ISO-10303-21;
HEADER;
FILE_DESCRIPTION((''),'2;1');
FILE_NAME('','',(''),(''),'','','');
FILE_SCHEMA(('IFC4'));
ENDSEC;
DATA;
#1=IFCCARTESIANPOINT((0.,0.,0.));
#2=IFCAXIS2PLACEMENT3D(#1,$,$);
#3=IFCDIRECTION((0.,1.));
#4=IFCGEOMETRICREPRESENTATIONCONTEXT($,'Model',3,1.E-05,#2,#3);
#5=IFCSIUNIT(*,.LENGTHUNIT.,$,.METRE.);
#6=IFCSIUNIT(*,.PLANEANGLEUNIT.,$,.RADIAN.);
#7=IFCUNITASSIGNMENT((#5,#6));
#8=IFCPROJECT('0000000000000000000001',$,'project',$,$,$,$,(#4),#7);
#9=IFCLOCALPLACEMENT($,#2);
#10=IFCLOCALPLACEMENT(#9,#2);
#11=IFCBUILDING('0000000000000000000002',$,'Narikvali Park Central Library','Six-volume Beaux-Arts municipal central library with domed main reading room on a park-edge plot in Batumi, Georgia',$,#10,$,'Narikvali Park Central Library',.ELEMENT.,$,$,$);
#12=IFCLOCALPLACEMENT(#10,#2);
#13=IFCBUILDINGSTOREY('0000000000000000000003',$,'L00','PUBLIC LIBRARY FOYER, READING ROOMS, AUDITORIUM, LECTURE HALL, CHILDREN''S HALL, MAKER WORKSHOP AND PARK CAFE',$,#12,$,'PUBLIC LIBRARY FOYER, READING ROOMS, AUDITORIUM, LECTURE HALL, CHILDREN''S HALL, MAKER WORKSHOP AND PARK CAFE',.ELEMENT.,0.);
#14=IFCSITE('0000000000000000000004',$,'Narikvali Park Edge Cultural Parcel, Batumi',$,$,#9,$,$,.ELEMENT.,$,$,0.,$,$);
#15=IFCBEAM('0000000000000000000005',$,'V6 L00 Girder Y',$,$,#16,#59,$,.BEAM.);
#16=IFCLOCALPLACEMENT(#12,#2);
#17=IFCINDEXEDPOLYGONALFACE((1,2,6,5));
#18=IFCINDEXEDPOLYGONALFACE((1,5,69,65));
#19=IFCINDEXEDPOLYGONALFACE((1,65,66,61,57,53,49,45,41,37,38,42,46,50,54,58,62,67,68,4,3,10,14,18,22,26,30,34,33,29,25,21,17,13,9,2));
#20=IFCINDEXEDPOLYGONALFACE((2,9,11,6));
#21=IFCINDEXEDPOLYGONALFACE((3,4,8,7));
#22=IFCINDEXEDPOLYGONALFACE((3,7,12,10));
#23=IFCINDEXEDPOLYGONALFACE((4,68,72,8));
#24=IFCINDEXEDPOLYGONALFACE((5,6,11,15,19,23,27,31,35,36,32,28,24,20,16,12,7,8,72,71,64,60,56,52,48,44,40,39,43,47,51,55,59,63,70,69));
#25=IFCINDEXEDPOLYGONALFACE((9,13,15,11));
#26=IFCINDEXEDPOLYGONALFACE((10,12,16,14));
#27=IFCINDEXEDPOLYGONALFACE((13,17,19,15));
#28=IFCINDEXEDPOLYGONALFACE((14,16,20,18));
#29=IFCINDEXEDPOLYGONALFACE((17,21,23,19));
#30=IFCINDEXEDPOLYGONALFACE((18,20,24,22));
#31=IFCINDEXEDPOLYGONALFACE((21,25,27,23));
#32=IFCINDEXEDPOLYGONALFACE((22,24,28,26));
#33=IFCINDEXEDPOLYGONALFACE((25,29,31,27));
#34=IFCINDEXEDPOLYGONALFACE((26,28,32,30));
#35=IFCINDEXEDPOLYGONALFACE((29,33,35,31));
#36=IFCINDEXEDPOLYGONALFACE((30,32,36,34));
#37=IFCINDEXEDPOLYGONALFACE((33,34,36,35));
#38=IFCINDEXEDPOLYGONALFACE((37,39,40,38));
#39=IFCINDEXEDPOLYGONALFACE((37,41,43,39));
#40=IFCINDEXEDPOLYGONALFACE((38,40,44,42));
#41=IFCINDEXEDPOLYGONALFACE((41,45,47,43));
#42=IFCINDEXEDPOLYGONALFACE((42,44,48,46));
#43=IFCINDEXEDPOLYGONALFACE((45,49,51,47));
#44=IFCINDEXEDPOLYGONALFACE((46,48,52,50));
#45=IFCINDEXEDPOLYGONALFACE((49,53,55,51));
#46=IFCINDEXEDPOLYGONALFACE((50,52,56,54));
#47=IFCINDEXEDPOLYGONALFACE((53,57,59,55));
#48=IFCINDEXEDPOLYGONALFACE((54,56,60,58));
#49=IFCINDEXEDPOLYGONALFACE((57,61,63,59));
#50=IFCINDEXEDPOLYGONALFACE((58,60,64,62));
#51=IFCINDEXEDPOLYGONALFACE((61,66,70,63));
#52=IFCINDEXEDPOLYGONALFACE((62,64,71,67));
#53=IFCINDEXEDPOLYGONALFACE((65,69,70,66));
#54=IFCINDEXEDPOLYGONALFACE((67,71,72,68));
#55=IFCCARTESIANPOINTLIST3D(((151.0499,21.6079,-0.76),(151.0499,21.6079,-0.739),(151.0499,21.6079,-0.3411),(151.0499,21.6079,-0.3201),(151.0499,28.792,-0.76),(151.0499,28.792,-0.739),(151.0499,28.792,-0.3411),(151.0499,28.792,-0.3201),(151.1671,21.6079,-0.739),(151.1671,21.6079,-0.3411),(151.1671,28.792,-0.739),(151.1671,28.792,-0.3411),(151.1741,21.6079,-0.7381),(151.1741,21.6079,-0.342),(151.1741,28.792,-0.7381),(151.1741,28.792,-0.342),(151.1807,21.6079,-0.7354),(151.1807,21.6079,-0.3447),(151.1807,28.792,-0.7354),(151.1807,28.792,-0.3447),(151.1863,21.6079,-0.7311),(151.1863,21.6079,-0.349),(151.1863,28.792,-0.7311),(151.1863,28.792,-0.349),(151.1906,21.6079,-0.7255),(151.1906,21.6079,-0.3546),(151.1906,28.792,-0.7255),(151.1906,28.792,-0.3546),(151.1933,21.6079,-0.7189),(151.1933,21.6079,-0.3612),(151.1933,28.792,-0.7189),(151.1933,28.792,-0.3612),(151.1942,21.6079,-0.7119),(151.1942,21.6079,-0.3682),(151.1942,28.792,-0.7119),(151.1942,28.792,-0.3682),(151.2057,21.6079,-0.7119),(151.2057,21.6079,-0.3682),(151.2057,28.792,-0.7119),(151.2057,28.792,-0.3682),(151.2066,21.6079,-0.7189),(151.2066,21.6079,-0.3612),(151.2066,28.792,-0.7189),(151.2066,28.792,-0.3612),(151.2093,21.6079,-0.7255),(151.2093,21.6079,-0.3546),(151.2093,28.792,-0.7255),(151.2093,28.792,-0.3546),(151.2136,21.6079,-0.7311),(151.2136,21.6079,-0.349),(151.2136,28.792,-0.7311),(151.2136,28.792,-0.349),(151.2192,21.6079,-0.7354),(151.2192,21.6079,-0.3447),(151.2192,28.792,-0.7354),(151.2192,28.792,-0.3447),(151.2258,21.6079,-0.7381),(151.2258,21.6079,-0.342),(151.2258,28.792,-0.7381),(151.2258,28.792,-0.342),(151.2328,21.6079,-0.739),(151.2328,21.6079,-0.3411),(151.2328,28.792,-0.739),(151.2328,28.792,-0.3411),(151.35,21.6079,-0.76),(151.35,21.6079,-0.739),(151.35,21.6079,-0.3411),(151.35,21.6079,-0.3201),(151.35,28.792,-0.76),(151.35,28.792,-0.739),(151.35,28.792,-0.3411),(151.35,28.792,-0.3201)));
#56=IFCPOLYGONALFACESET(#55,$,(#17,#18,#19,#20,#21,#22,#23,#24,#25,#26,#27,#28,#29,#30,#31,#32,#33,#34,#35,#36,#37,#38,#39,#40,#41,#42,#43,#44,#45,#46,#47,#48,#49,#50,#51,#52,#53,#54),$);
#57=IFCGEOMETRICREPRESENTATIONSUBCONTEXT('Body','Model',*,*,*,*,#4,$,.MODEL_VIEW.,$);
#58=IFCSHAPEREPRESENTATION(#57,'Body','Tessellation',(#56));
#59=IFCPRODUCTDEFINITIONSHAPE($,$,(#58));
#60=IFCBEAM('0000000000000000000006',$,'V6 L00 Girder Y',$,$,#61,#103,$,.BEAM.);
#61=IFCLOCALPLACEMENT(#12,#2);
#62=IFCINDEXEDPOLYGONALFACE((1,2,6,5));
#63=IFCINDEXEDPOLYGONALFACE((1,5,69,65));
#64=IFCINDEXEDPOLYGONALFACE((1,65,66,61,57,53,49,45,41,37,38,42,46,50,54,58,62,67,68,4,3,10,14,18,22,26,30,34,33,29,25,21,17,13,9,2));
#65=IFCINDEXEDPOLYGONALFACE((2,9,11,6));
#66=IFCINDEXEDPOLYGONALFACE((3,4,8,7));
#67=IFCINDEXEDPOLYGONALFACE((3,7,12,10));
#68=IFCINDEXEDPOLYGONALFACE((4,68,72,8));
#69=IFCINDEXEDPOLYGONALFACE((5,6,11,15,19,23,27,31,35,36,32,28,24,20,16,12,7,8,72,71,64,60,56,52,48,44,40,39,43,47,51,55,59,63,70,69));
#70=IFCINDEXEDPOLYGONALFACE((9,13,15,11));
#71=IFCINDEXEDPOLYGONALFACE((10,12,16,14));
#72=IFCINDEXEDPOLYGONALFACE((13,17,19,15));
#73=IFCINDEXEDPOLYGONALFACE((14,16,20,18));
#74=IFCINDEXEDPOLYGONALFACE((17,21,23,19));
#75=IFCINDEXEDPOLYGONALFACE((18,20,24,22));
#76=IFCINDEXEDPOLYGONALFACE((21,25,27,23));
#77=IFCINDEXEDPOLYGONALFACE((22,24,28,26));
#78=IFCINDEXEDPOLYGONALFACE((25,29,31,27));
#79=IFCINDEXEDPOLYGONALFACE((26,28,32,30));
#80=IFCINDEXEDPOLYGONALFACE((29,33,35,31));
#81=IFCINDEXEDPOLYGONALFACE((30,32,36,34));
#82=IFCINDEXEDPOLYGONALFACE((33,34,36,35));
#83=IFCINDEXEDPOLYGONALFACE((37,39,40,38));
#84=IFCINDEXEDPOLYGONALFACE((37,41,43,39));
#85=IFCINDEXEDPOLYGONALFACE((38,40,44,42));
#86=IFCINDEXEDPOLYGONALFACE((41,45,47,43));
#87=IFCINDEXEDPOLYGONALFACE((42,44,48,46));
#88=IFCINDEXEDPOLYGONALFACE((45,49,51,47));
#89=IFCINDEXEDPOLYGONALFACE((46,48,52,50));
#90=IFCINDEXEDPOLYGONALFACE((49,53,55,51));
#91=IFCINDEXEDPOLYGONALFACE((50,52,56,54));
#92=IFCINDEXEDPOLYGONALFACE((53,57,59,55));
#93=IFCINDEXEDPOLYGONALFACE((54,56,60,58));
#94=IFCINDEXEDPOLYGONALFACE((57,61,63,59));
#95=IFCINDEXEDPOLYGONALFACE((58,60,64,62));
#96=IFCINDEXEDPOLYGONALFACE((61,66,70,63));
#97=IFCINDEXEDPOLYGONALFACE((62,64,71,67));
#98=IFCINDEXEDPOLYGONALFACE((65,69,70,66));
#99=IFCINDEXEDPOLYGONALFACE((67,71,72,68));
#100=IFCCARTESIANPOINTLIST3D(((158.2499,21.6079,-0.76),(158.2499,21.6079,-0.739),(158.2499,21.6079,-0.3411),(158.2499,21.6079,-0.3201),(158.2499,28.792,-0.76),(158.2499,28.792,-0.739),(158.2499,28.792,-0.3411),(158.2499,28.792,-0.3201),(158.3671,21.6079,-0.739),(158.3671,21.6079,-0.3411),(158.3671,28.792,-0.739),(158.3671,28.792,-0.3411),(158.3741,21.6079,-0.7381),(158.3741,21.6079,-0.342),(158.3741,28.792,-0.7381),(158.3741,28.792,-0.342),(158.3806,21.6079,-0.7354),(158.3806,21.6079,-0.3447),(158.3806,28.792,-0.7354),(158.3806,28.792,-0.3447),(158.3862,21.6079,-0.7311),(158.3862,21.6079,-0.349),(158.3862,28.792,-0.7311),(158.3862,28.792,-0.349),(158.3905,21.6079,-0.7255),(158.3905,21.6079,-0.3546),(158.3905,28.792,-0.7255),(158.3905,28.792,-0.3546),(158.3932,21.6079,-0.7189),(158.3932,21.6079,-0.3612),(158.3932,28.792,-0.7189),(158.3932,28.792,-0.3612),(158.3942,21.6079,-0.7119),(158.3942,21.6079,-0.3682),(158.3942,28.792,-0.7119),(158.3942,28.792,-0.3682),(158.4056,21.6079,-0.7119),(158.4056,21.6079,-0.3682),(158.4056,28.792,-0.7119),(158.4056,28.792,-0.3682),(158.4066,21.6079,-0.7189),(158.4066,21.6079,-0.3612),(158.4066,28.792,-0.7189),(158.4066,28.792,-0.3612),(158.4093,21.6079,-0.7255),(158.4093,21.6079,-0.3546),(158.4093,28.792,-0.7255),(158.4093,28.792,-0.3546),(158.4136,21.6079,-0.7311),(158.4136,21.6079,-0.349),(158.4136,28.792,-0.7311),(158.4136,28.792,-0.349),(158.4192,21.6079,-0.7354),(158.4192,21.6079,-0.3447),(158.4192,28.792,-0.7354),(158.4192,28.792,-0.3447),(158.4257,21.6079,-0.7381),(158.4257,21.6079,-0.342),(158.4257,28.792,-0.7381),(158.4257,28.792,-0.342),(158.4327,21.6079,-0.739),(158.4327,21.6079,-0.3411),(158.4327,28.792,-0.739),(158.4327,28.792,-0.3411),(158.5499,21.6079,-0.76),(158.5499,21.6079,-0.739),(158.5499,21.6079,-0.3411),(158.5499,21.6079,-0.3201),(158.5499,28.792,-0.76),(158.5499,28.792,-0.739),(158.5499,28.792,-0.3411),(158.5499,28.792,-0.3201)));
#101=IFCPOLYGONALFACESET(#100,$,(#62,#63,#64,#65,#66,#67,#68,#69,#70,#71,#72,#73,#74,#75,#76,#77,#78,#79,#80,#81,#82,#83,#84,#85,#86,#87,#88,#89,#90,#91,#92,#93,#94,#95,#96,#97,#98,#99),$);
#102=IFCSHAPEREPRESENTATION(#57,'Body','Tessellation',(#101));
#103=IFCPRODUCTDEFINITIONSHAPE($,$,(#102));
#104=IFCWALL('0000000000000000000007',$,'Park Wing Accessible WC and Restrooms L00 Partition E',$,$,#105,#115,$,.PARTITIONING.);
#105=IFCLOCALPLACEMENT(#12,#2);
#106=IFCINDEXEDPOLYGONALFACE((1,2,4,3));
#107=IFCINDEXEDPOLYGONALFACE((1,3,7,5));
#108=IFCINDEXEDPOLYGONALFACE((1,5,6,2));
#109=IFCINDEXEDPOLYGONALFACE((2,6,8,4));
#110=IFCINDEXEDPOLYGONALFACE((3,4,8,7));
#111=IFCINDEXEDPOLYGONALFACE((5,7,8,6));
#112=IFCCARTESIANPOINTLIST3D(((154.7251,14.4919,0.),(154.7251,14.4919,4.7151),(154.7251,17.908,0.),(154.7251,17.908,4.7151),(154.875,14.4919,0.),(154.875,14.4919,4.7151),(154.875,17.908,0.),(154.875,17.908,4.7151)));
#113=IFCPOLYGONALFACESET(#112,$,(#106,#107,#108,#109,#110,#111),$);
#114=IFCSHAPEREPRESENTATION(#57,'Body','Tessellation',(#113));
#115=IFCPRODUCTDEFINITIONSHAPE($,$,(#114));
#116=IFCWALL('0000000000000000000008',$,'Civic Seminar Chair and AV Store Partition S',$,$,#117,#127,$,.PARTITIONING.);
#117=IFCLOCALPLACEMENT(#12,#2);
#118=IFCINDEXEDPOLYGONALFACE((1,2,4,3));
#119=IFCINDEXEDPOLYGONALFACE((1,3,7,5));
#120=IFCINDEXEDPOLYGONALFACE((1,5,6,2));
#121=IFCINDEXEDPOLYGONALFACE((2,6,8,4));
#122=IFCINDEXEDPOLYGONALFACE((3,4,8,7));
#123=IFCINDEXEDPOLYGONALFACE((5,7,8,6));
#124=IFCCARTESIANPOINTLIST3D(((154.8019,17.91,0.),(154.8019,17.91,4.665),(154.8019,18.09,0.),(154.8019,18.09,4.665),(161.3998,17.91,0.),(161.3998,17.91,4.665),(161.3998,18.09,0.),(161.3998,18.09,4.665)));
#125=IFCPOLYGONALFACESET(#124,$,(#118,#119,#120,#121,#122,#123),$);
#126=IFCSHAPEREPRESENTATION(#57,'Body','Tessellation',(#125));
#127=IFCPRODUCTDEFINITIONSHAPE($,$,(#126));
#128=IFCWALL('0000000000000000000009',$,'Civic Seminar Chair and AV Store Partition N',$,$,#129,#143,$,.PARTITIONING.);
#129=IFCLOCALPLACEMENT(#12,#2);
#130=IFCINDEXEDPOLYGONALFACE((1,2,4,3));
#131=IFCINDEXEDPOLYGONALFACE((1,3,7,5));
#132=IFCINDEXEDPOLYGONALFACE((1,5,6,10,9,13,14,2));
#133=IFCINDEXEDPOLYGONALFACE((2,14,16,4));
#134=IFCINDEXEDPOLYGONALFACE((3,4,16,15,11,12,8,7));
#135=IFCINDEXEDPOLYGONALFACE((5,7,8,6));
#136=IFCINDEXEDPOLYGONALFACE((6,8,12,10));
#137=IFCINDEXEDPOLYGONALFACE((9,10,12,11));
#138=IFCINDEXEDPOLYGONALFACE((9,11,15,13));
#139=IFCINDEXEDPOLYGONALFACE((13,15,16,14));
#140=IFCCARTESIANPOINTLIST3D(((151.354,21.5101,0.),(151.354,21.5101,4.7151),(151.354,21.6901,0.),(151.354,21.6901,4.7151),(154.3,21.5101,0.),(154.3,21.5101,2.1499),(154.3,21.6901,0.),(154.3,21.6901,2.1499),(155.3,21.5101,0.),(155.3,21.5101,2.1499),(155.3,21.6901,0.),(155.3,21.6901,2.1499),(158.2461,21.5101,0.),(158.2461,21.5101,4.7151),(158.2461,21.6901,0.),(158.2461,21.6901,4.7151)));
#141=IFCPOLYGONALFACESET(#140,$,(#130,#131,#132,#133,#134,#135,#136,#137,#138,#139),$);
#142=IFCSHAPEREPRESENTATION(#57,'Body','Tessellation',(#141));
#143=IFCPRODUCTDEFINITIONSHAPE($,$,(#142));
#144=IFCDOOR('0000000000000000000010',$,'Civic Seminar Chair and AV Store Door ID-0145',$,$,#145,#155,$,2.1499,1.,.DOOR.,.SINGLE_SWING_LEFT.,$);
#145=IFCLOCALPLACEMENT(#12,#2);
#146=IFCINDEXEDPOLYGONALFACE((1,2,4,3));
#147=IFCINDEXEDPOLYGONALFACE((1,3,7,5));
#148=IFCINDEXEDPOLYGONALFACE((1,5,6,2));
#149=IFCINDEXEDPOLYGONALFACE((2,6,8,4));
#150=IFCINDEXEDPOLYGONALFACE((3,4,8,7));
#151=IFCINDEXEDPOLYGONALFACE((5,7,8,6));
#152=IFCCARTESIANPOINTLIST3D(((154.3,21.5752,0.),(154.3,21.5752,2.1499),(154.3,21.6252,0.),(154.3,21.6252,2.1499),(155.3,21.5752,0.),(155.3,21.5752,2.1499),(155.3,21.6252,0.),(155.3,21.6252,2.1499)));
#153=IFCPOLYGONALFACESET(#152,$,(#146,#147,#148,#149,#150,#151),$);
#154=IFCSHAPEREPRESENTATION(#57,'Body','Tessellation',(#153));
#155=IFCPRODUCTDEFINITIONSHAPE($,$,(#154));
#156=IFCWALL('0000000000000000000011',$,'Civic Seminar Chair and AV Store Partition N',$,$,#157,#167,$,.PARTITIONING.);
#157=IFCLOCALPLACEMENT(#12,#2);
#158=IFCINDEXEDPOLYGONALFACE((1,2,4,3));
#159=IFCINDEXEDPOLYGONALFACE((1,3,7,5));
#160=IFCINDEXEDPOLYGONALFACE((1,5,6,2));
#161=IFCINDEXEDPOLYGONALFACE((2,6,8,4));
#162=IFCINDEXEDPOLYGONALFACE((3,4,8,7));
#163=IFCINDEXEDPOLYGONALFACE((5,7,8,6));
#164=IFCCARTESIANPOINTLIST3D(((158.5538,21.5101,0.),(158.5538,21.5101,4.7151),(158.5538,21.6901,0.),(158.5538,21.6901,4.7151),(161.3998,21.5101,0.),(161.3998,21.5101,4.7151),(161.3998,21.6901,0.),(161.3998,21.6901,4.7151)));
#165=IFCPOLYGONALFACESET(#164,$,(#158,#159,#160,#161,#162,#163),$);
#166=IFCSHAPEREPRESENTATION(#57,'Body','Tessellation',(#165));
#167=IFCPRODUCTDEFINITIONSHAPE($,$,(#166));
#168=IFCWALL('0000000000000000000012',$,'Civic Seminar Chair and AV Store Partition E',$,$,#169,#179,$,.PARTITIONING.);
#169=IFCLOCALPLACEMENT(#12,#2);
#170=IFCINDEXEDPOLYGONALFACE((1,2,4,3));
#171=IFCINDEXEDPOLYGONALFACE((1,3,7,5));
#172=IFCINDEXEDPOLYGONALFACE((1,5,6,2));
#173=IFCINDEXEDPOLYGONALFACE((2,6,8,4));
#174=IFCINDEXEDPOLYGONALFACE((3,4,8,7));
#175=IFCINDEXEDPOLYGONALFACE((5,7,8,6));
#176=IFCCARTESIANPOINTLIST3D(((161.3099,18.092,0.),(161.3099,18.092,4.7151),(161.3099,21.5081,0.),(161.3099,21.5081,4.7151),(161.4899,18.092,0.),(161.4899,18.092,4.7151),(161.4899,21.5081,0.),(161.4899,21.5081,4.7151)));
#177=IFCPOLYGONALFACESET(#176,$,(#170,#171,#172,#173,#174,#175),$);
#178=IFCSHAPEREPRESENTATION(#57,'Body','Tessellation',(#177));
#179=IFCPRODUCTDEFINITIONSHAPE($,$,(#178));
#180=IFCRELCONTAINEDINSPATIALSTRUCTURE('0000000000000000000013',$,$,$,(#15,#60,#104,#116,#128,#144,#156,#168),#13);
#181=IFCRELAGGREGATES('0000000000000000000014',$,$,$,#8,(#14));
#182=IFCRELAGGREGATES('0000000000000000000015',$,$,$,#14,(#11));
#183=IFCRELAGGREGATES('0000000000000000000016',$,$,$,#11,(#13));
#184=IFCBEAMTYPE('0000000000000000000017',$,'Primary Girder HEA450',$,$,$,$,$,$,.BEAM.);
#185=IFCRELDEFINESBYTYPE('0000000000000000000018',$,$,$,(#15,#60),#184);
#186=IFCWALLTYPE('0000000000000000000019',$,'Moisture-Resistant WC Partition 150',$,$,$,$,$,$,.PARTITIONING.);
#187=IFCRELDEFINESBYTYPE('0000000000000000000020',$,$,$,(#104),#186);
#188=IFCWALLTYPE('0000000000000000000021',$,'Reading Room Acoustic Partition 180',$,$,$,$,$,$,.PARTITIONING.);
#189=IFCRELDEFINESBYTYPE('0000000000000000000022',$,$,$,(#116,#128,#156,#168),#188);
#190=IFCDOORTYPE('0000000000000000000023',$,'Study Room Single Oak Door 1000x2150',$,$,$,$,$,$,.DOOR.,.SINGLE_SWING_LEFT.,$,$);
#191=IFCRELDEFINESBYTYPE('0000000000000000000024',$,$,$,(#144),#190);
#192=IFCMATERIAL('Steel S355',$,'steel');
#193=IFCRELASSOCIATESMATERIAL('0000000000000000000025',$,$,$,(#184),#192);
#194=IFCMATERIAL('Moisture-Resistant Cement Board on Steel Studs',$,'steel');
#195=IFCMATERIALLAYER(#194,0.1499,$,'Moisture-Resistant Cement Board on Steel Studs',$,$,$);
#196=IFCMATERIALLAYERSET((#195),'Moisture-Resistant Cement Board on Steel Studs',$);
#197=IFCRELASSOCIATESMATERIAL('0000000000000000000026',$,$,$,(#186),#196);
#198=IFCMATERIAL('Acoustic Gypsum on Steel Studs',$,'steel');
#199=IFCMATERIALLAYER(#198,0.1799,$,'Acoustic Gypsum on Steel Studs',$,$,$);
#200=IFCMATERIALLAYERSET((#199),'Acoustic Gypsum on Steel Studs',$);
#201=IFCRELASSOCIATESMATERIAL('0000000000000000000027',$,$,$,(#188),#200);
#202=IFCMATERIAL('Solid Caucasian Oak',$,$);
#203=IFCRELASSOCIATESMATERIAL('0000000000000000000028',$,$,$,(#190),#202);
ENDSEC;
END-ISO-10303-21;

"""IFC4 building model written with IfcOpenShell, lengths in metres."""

from ifc_helpers import new_model, si_unit, direction, frame, frame_2d, origin, origin_2d, place, context, subcontext, project, spatial, rectangle, i_section, extrude, material, layer, layer_set, material_profile, profile_set, type_object, element, fill, save


model = new_model("IFC4")

# Units and contexts
model_context = context("Model", 3, precision=1e-05, world=origin(), true_north=direction((0.0, 1.0)))
body_context = subcontext(model_context, "Body", "Model", "MODEL_VIEW")
ifc_project = project(units=[si_unit("LENGTHUNIT", "METRE"), si_unit("PLANEANGLEUNIT", "RADIAN")], contexts=[model_context])

# Site, building, storey
site_placement = place(None, origin())
site = spatial("IfcSite", under=ifc_project, at=site_placement, Name="Narikvali Park Edge Cultural Parcel, Batumi", CompositionType="ELEMENT", RefElevation=0.0)
building_placement = place(site_placement, origin())
building = spatial("IfcBuilding", under=site, at=building_placement, Name="Narikvali Park Central Library", Description="Six-volume Beaux-Arts municipal central library with domed main reading room on a park-edge plot in Batumi, Georgia", LongName="Narikvali Park Central Library", CompositionType="ELEMENT")
storey_placement = place(building_placement, origin())
storey = spatial("IfcBuildingStorey", under=building, at=storey_placement, Name="L00", Description="PUBLIC LIBRARY FOYER, READING ROOMS, AUDITORIUM, LECTURE HALL, CHILDREN'S HALL, MAKER WORKSHOP AND PARK CAFE", LongName="PUBLIC LIBRARY FOYER, READING ROOMS, AUDITORIUM, LECTURE HALL, CHILDREN'S HALL, MAKER WORKSHOP AND PARK CAFE", CompositionType="ELEMENT", Elevation=0.0)

# Shared definitions
ifc_material_1 = material(Name="Steel S355", Category="steel")

# Beams
ifc_material_profile_1 = material_profile(ifc_material_1, i_section(OverallWidth=0.3, OverallDepth=0.4399, WebThickness=0.0115, FlangeThickness=0.021, FilletRadius=0.0271, at=origin_2d()), Name="HEA 450")
ifc_profile_set_1 = profile_set([ifc_material_profile_1], Name="Steel S355")
beam_type_1 = type_object("IfcBeamType", Name="Primary Girder HEA450", PredefinedType="BEAM", material=ifc_profile_set_1)
for number, where, z_axis, x_axis, name in (
    (1, (151.2, 21.6079, -0.54), (0.0, 1.0, 0.0), (-1.0, 0.0, 0.0), "V6 L00 Girder Y"),
    (2, (158.3999, 21.6079, -0.54), (0.0, 1.0, 0.0), (-1.0, 0.0, 0.0), "V6 L00 Girder Y"),
):
    element("IfcBeam", number, at=place(storey_placement, frame(where, z_axis=z_axis, x_axis=x_axis)), inside=storey, type_object=beam_type_1, Name=name, PredefinedType="BEAM", context=body_context, shape_type="SweptSolid", body=[
        extrude(i_section(OverallWidth=0.3, OverallDepth=0.4399, WebThickness=0.0115, FlangeThickness=0.021, FilletRadius=0.0271, at=origin_2d()), origin(), (0.0, 0.0, 1.0), 7.1841),
    ])

# Walls
ifc_material_2 = material(Name="Moisture-Resistant Cement Board on Steel Studs", Category="steel")
ifc_layer_1 = layer(ifc_material_2, 0.1499, Name="Moisture-Resistant Cement Board on Steel Studs")
ifc_layer_set_1 = layer_set([ifc_layer_1], Name="Moisture-Resistant Cement Board on Steel Studs")
wall_type_1 = type_object("IfcWallType", Name="Moisture-Resistant WC Partition 150", PredefinedType="PARTITIONING", material=ifc_layer_set_1)
wall_1_placement = place(storey_placement, frame((154.8, 14.4919, 0.0), z_axis=(0.0, 0.0, 1.0), x_axis=(0.0, 1.0, 0.0)))
element("IfcWall", 3, at=wall_1_placement, inside=storey, type_object=wall_type_1, Name="Park Wing Accessible WC and Restrooms L00 Partition E", PredefinedType="PARTITIONING", context=body_context, shape_type="SweptSolid", body=[
    extrude(rectangle(XDim=3.416, YDim=0.1499, at=frame_2d((1.708, 0.0))), origin(), (0.0, 0.0, 1.0), 4.7151),
])
ifc_material_3 = material(Name="Acoustic Gypsum on Steel Studs", Category="steel")
ifc_layer_2 = layer(ifc_material_3, 0.1799, Name="Acoustic Gypsum on Steel Studs")
ifc_layer_set_2 = layer_set([ifc_layer_2], Name="Acoustic Gypsum on Steel Studs")
wall_type_2 = type_object("IfcWallType", Name="Reading Room Acoustic Partition 180", PredefinedType="PARTITIONING", material=ifc_layer_set_2)
wall_2_placement = place(storey_placement, frame((154.802, 18.0, 0.0), z_axis=(0.0, 0.0, 1.0), x_axis=(1.0, 0.0, 0.0)))
element("IfcWall", 4, at=wall_2_placement, inside=storey, type_object=wall_type_2, Name="Civic Seminar Chair and AV Store Partition S", PredefinedType="PARTITIONING", context=body_context, shape_type="SweptSolid", body=[
    extrude(rectangle(XDim=6.5979, YDim=0.1799, at=frame_2d((3.2988, 0.0))), origin(), (0.0, 0.0, 1.0), 4.665),
])

# Wall, opening, door
wall_3_placement = place(storey_placement, frame((151.354, 21.6001, 0.0), z_axis=(0.0, 0.0, 1.0), x_axis=(1.0, 0.0, 0.0)))
wall_3 = element("IfcWall", 5, at=wall_3_placement, inside=storey, type_object=wall_type_2, Name="Civic Seminar Chair and AV Store Partition N", PredefinedType="PARTITIONING", context=body_context, shape_type="SweptSolid", body=[
    extrude(rectangle(XDim=6.8921, YDim=0.1799, at=frame_2d((3.446, 0.0))), origin(), (0.0, 0.0, 1.0), 4.7151),
])
opening_placement = place(wall_3_placement, frame((2.946, 0.0, 0.0)))
opening = element("IfcOpeningElement", 6, at=opening_placement, cuts=wall_3, PredefinedType="OPENING", context=body_context, shape_type="SweptSolid", body=[
    extrude(rectangle(XDim=1.0, YDim=2.1499, at=frame_2d((0.5, 1.075))), frame((0.0, 0.1021, 0.0), z_axis=(0.0, -1.0, 0.0), x_axis=(1.0, 0.0, 0.0)), (0.0, 0.0, 1.0), 0.2039),
])
ifc_material_4 = material(Name="Solid Caucasian Oak")
door_type = type_object("IfcDoorType", Name="Study Room Single Oak Door 1000x2150", OperationType="SINGLE_SWING_LEFT", PredefinedType="DOOR", material=ifc_material_4)
door_placement = place(opening_placement, frame((1.0, 0.0, 0.0), z_axis=(0.0, 0.0, 1.0), x_axis=(-1.0, 0.0, 0.0)))
door = element("IfcDoor", 7, at=door_placement, inside=storey, type_object=door_type, Name="Civic Seminar Chair and AV Store Door ID-0145", OperationType="SINGLE_SWING_LEFT", OverallHeight=2.1499, OverallWidth=1.0, PredefinedType="DOOR", context=body_context, shape_type="SweptSolid", body=[
    extrude(rectangle(XDim=1.0, YDim=2.1499, at=frame_2d((0.5, 1.075))), frame((0.0, 0.0249, 0.0), z_axis=(0.0, -1.0, 0.0), x_axis=(1.0, 0.0, 0.0)), (0.0, 0.0, 1.0), 0.05),
])
fill(opening, door)

# Walls
wall_4_placement = place(storey_placement, frame((158.554, 21.6001, 0.0), z_axis=(0.0, 0.0, 1.0), x_axis=(1.0, 0.0, 0.0)))
element("IfcWall", 8, at=wall_4_placement, inside=storey, type_object=wall_type_2, Name="Civic Seminar Chair and AV Store Partition N", PredefinedType="PARTITIONING", context=body_context, shape_type="SweptSolid", body=[
    extrude(rectangle(XDim=2.8459, YDim=0.1799, at=frame_2d((1.4229, 0.0))), origin(), (0.0, 0.0, 1.0), 4.7151),
])
wall_5_placement = place(storey_placement, frame((161.3999, 18.092, 0.0), z_axis=(0.0, 0.0, 1.0), x_axis=(0.0, 1.0, 0.0)))
element("IfcWall", 9, at=wall_5_placement, inside=storey, type_object=wall_type_2, Name="Civic Seminar Chair and AV Store Partition E", PredefinedType="PARTITIONING", context=body_context, shape_type="SweptSolid", body=[
    extrude(rectangle(XDim=3.416, YDim=0.1799, at=frame_2d((1.708, 0.0))), origin(), (0.0, 0.0, 1.0), 4.7151),
])

save(model, "model.ifc")
